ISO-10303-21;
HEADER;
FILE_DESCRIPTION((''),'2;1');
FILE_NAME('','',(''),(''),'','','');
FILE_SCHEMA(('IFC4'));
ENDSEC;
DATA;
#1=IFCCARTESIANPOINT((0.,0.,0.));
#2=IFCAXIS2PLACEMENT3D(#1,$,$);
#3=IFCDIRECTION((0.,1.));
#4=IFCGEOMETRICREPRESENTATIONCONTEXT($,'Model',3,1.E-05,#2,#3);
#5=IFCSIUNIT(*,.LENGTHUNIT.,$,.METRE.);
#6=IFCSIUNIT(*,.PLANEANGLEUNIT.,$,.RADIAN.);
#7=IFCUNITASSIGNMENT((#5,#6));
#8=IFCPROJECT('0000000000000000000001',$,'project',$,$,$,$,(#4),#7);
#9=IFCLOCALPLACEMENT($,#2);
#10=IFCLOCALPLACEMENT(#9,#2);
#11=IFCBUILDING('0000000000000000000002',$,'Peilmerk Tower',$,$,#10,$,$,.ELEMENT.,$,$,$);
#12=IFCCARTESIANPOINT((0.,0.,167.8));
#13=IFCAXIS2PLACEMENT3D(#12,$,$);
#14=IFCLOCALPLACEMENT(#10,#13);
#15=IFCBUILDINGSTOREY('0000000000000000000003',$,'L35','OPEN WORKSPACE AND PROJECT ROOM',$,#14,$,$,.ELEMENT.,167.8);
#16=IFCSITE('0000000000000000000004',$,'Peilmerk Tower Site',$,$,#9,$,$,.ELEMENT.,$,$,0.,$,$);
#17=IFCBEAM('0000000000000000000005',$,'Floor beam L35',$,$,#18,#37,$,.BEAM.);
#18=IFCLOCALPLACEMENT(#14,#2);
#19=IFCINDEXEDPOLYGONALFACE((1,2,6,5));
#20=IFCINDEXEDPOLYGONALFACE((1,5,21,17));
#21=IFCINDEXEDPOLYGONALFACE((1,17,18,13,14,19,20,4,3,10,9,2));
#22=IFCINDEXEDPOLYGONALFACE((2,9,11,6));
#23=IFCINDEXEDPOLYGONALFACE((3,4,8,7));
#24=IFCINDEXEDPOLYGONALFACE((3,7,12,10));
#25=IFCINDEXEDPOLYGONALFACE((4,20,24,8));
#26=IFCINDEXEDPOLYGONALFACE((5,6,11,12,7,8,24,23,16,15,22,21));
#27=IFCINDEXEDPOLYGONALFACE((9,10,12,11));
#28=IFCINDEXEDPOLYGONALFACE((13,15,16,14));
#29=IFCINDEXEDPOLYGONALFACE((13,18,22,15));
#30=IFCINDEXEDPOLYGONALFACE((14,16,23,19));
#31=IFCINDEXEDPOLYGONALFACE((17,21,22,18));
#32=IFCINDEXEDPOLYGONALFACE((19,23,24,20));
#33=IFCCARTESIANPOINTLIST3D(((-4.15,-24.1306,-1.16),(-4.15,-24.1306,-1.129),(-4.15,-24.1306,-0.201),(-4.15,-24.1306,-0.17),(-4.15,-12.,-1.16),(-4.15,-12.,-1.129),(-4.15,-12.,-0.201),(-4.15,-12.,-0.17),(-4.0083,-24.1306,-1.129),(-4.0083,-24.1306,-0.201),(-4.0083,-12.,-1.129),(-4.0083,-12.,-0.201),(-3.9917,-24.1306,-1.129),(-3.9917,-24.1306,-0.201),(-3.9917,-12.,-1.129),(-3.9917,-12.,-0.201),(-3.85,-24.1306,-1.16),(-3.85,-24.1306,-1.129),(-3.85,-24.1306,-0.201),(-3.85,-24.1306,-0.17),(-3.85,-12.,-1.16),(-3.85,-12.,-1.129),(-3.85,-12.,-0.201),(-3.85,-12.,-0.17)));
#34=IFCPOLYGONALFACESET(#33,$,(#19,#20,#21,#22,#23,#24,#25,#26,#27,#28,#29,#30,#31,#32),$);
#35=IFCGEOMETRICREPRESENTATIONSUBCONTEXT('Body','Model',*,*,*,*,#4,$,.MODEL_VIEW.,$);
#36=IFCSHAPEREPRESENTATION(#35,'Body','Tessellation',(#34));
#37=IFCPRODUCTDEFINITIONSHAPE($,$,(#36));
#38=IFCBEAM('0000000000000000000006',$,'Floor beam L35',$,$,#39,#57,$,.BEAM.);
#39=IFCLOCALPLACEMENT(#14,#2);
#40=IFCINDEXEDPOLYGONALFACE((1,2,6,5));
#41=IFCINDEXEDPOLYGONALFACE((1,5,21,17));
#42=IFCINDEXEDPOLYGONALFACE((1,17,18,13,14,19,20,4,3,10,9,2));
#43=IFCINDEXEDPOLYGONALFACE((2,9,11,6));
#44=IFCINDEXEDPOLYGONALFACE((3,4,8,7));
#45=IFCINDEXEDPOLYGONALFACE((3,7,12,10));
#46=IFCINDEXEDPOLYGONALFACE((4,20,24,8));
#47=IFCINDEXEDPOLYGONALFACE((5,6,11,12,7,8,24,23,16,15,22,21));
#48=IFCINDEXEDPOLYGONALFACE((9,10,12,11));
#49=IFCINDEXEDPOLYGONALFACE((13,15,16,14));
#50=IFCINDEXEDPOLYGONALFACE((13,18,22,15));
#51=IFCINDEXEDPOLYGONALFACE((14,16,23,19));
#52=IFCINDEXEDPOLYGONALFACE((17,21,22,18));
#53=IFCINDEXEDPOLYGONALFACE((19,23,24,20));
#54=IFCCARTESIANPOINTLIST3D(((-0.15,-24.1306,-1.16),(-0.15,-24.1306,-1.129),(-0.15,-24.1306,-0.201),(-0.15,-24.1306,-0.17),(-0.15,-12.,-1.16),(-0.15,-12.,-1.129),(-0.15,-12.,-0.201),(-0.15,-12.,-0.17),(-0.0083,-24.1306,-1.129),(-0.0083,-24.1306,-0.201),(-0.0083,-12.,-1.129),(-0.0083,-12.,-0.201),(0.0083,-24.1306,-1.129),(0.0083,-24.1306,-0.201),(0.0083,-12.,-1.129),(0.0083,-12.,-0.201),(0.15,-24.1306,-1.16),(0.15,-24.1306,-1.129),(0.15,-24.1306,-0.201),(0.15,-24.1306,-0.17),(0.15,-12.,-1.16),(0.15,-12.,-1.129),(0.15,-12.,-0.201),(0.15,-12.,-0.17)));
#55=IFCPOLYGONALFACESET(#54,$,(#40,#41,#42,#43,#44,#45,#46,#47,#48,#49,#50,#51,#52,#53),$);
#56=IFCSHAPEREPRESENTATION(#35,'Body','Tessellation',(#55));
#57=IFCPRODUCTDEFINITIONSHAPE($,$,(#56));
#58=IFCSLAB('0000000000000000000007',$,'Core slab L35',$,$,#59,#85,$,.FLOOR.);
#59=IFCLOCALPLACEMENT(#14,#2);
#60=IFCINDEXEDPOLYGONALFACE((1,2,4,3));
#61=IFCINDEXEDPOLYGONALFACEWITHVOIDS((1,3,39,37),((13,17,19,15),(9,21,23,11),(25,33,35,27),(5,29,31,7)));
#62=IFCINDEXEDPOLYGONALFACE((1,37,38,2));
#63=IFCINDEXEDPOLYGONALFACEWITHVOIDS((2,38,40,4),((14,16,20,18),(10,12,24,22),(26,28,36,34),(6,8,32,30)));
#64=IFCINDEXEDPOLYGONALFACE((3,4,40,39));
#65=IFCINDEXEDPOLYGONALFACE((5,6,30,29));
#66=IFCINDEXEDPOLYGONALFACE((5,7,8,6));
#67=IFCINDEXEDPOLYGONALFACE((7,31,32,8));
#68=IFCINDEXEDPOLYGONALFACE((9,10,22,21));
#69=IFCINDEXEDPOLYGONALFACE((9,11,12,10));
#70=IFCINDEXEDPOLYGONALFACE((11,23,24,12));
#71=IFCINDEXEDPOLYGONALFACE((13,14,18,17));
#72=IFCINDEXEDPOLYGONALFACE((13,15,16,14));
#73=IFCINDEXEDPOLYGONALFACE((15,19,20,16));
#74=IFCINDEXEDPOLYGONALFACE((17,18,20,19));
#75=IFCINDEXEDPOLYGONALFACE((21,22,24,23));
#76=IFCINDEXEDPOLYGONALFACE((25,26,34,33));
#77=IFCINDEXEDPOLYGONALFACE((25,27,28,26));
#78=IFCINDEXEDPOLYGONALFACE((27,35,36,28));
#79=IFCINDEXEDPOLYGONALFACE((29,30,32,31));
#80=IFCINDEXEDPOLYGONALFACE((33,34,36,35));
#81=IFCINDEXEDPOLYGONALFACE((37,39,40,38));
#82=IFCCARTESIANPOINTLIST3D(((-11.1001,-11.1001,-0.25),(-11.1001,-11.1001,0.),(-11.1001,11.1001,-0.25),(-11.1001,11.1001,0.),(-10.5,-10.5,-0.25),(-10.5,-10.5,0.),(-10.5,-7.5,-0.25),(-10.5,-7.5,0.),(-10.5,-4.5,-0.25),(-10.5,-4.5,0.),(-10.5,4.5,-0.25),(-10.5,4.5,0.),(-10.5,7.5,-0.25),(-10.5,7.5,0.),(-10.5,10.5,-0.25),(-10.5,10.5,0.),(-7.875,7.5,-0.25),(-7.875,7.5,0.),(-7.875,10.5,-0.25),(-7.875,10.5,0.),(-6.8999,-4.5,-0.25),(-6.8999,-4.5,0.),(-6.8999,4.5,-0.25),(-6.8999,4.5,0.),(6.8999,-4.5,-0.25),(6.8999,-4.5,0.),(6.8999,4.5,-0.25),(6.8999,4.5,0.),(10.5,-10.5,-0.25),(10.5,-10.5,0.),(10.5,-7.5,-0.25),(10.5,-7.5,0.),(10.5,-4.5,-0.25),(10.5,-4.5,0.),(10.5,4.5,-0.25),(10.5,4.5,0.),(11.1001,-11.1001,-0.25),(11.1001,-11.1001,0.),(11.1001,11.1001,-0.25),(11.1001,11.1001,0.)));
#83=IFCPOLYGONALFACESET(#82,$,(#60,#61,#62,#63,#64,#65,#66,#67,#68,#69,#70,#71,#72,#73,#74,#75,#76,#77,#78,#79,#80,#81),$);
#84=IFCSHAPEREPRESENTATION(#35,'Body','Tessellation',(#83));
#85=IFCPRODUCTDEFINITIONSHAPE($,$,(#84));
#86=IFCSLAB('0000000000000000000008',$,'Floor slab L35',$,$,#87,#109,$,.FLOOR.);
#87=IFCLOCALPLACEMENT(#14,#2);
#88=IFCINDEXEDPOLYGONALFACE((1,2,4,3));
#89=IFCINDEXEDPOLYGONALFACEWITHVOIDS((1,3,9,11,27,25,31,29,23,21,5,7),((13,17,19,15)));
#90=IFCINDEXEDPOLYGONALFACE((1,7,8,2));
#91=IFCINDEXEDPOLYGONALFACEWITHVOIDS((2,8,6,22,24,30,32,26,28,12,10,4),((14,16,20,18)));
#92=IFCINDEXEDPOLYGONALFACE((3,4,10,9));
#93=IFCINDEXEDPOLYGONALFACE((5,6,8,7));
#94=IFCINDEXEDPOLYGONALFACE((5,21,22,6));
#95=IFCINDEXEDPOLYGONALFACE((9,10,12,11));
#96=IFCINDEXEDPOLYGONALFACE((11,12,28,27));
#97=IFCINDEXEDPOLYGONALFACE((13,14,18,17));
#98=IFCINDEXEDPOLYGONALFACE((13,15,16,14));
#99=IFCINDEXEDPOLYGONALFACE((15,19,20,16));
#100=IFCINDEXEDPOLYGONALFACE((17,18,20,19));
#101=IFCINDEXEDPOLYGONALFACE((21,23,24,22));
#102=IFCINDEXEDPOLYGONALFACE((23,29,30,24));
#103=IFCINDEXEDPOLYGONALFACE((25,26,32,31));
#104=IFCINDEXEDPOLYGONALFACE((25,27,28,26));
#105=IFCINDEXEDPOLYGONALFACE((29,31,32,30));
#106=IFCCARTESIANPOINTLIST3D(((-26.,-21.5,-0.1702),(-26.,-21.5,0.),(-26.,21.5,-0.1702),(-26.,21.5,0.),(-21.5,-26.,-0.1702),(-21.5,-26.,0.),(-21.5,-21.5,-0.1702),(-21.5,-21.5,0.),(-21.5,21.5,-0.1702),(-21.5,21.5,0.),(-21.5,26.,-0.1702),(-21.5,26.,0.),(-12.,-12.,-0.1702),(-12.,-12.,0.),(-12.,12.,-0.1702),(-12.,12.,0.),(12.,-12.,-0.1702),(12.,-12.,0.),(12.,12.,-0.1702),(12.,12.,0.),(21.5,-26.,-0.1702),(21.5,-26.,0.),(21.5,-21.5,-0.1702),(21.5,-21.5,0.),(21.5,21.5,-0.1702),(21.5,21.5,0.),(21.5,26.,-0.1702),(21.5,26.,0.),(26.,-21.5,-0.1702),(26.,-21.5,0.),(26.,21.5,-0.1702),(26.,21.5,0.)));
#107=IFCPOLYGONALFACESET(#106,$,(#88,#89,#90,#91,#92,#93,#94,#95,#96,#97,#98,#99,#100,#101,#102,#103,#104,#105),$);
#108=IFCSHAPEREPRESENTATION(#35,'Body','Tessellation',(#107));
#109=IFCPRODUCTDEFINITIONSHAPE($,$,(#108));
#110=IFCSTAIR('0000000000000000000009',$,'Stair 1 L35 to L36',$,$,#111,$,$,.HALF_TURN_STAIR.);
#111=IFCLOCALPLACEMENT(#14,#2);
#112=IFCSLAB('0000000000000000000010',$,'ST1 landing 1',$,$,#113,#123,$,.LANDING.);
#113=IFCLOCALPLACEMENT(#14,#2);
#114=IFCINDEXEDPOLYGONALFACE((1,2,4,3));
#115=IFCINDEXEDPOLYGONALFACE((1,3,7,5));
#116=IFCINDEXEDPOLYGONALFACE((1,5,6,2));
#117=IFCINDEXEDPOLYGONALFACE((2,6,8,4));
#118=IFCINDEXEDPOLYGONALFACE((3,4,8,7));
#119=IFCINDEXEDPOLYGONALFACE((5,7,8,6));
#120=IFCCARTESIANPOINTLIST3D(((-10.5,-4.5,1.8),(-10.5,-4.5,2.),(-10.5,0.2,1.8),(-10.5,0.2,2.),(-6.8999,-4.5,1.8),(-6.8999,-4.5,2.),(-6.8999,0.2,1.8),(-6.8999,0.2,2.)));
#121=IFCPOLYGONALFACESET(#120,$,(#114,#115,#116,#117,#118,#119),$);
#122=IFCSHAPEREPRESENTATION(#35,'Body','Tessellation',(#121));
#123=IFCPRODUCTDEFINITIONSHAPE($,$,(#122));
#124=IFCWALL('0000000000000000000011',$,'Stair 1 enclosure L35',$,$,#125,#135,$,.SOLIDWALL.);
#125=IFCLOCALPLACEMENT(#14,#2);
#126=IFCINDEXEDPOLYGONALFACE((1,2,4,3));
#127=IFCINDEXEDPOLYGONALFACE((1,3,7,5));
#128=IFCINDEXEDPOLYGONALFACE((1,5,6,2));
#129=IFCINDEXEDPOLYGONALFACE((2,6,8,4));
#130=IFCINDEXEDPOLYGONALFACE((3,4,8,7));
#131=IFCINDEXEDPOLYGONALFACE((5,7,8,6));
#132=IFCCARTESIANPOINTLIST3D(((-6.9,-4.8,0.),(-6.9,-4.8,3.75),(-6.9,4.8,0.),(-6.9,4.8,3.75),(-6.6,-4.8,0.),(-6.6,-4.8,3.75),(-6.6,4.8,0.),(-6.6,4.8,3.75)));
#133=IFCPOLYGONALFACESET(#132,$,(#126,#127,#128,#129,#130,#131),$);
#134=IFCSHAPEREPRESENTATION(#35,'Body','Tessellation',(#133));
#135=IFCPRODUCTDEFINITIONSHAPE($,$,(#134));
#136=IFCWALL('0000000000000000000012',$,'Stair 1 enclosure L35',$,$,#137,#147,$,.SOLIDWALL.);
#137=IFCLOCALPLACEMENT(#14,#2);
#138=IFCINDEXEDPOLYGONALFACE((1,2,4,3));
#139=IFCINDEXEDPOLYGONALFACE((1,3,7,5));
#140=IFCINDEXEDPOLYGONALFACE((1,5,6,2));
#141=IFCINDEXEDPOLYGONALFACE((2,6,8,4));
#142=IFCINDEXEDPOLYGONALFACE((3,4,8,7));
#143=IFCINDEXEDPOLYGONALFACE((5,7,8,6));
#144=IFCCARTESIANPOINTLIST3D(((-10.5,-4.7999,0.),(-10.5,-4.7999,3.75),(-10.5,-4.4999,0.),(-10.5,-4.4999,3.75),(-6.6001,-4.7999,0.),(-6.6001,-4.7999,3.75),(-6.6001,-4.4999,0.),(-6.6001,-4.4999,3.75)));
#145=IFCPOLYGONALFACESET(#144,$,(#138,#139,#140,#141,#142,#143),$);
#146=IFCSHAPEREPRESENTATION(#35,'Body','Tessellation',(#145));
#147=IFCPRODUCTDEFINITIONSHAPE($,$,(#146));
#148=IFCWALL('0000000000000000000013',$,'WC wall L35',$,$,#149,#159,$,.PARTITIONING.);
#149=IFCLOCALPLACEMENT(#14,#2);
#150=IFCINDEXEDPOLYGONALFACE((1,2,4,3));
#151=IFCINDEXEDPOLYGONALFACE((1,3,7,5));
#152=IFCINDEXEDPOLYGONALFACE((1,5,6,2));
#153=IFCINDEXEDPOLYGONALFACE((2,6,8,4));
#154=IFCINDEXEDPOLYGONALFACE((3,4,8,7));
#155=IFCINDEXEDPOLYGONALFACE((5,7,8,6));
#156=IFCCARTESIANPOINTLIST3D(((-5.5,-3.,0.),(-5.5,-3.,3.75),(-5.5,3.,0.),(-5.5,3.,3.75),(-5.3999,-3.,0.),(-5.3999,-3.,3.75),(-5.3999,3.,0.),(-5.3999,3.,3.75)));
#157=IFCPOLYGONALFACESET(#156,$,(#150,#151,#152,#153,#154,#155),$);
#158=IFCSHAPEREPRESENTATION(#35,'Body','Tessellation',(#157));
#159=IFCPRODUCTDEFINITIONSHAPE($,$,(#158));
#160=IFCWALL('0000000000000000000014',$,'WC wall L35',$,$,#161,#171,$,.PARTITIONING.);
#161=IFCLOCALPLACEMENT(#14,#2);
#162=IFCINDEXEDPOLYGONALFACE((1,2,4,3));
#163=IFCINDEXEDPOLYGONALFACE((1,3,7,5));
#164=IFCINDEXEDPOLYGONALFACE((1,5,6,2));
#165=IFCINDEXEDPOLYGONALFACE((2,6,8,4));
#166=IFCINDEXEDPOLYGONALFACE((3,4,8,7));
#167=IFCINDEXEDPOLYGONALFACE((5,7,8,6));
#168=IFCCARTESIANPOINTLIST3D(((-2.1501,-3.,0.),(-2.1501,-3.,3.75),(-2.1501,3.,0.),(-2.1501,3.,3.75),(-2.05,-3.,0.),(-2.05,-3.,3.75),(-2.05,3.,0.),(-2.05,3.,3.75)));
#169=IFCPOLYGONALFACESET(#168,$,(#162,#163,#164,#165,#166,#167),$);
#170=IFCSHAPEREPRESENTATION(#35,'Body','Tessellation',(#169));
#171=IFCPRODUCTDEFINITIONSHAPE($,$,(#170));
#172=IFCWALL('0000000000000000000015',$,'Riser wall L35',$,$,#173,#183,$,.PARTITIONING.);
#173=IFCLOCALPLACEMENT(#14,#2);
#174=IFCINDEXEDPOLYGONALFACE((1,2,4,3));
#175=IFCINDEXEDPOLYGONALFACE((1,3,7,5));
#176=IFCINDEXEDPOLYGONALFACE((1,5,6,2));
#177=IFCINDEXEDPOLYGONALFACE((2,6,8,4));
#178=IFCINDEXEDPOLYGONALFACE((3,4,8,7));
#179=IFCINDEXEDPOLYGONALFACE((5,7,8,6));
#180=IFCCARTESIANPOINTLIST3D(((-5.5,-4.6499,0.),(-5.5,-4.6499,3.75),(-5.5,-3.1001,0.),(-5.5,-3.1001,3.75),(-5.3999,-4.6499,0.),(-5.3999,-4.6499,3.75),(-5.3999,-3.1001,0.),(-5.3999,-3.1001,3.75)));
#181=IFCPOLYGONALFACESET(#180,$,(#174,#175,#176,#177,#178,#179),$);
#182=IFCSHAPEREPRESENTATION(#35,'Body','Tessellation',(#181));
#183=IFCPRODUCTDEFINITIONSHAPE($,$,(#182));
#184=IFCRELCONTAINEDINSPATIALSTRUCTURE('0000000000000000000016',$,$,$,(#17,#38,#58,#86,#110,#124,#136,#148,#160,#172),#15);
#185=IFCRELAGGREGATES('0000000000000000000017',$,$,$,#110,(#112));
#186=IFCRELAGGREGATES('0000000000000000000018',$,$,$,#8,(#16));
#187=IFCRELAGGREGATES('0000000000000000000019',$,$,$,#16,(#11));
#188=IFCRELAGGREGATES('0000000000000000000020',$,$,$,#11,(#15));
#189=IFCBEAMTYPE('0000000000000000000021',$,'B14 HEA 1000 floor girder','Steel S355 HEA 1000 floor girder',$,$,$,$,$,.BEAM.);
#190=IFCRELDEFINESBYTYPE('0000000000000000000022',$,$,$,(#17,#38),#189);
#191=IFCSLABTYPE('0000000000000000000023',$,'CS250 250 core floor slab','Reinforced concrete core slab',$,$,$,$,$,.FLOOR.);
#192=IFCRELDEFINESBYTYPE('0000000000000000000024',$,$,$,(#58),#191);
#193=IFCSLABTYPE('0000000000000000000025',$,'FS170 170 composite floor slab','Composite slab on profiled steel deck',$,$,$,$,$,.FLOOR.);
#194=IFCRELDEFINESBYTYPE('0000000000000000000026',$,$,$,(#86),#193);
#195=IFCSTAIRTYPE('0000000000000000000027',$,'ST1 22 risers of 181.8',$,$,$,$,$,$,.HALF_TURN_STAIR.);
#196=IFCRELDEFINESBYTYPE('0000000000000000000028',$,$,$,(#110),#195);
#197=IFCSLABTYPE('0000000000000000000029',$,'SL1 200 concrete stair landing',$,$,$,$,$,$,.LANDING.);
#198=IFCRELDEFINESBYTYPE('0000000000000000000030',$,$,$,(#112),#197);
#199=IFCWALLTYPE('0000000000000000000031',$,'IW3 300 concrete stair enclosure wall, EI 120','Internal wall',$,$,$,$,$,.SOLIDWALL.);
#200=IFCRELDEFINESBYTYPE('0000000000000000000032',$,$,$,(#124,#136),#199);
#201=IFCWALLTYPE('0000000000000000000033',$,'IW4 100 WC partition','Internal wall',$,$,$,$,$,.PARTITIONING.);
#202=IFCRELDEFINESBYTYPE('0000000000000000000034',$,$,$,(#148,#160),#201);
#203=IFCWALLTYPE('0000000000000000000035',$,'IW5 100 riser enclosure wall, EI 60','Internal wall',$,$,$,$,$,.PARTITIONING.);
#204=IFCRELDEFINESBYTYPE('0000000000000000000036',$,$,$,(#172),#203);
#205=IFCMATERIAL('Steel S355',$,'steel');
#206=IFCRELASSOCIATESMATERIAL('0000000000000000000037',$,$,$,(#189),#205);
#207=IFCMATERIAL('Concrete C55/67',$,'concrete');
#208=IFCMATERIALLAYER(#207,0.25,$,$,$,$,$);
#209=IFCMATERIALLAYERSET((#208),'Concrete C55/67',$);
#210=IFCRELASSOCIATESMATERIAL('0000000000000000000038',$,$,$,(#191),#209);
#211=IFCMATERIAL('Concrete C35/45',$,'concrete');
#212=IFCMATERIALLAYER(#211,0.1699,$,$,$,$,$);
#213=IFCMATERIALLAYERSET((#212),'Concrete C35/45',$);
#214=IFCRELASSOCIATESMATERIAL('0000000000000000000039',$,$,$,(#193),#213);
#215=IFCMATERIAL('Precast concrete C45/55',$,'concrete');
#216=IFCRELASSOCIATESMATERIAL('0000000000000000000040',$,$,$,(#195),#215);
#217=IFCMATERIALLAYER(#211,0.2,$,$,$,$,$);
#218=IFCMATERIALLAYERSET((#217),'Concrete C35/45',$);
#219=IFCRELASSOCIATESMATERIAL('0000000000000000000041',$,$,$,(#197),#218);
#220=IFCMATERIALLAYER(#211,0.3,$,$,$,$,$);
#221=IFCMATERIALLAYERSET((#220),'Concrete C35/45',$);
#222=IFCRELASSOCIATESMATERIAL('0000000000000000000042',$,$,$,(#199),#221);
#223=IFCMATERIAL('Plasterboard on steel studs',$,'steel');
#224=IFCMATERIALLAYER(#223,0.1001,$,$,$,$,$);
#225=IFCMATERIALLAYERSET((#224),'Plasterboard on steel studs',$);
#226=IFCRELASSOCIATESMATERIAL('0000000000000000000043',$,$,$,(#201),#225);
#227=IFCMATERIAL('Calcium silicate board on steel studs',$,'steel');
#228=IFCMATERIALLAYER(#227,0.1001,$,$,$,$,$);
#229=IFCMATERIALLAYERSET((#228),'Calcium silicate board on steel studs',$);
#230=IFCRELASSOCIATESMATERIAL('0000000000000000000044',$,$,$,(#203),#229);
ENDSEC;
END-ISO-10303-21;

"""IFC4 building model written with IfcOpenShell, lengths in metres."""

from ifc_helpers import new_model, si_unit, direction, frame, frame_2d, origin, origin_2d, place, context, subcontext, project, spatial, polyline, rectangle, i_section, outline, extrude, material, layer, layer_set, material_profile, profile_set, type_object, element, aggregate, save


model = new_model("IFC4")

# Units and contexts
model_context = context("Model", 3, precision=1e-05, world=origin(), true_north=direction((0.0, 1.0)))
body_context = subcontext(model_context, "Body", "Model", "MODEL_VIEW")
ifc_project = project(units=[si_unit("LENGTHUNIT", "METRE"), si_unit("PLANEANGLEUNIT", "RADIAN")], contexts=[model_context])

# Site, building, storey
site_placement = place(None, origin())
site = spatial("IfcSite", under=ifc_project, at=site_placement, Name="Peilmerk Tower Site", CompositionType="ELEMENT", RefElevation=0.0)
building_placement = place(site_placement, origin())
building = spatial("IfcBuilding", under=site, at=building_placement, Name="Peilmerk Tower", CompositionType="ELEMENT")
storey_placement = place(building_placement, frame((0.0, 0.0, 167.8)))
storey = spatial("IfcBuildingStorey", under=building, at=storey_placement, Name="L35", Description="OPEN WORKSPACE AND PROJECT ROOM", CompositionType="ELEMENT", Elevation=167.8)

# Beams
ifc_material_1 = material(Name="Steel S355", Category="steel")
ifc_material_profile = material_profile(ifc_material_1, i_section(OverallWidth=0.3, OverallDepth=0.99, WebThickness=0.0166, FlangeThickness=0.031, at=origin_2d()), Name="HEA 1000")
ifc_profile_set = profile_set([ifc_material_profile], Name="Steel S355")
beam_type = type_object("IfcBeamType", Name="B14 HEA 1000 floor girder", Description="Steel S355 HEA 1000 floor girder", PredefinedType="BEAM", material=ifc_profile_set)
for number, where, z_axis, x_axis, name in (
    (1, (-4.0, -12.0, -0.665), (0.0, -1.0, 0.0), (1.0, 0.0, 0.0), "Floor beam L35"),
    (2, (0.0, -12.0, -0.665), (0.0, -1.0, 0.0), (1.0, 0.0, 0.0), "Floor beam L35"),
):
    element("IfcBeam", number, at=place(storey_placement, frame(where, z_axis=z_axis, x_axis=x_axis)), inside=storey, type_object=beam_type, Name=name, PredefinedType="BEAM", context=body_context, shape_type="SweptSolid", body=[
        extrude(i_section(OverallWidth=0.3, OverallDepth=0.99, WebThickness=0.0166, FlangeThickness=0.031, at=origin_2d()), origin(), (0.0, 0.0, 1.0), 12.1306),
    ])

# Slabs
ifc_material_2 = material(Name="Concrete C55/67", Category="concrete")
ifc_layer_1 = layer(ifc_material_2, 0.25)
ifc_layer_set_1 = layer_set([ifc_layer_1], Name="Concrete C55/67")
slab_type_1 = type_object("IfcSlabType", Name="CS250 250 core floor slab", Description="Reinforced concrete core slab", PredefinedType="FLOOR", material=ifc_layer_set_1)
slab_1_placement = place(storey_placement, frame((0.0, 0.0, -0.25)))
element("IfcSlab", 3, at=slab_1_placement, inside=storey, type_object=slab_type_1, Name="Core slab L35", PredefinedType="FLOOR", context=body_context, shape_type="SweptSolid", body=[
    extrude(outline(polyline([(11.1001, 11.1001), (-11.1001, 11.1001), (-11.1001, -11.1001), (11.1001, -11.1001), (11.1001, 11.1001)]), holes=[polyline([(-10.5, 7.5), (-10.5, 10.5), (-7.875, 10.5), (-7.875, 7.5), (-10.5, 7.5)]), polyline([(-10.5, -10.5), (-10.5, -7.5), (10.5, -7.5), (10.5, -10.5), (-10.5, -10.5)]), polyline([(-10.5, 4.5), (-6.8999, 4.5), (-6.8999, -4.5), (-10.5, -4.5), (-10.5, 4.5)]), polyline([(10.5, 4.5), (10.5, -4.5), (6.8999, -4.5), (6.8999, 4.5), (10.5, 4.5)])]), origin(), (0.0, 0.0, 1.0), 0.25),
])
ifc_material_3 = material(Name="Concrete C35/45", Category="concrete")
ifc_layer_2 = layer(ifc_material_3, 0.1699)
ifc_layer_set_2 = layer_set([ifc_layer_2], Name="Concrete C35/45")
slab_type_2 = type_object("IfcSlabType", Name="FS170 170 composite floor slab", Description="Composite slab on profiled steel deck", PredefinedType="FLOOR", material=ifc_layer_set_2)
slab_2_placement = place(storey_placement, frame((0.0, 0.0, -0.1702)))
element("IfcSlab", 4, at=slab_2_placement, inside=storey, type_object=slab_type_2, Name="Floor slab L35", PredefinedType="FLOOR", context=body_context, shape_type="SweptSolid", body=[
    extrude(outline(polyline([(-21.5, -26.0), (21.5, -26.0), (21.5, -21.5), (26.0, -21.5), (26.0, 21.5), (21.5, 21.5), (21.5, 26.0), (-21.5, 26.0), (-21.5, 21.5), (-26.0, 21.5), (-26.0, -21.5), (-21.5, -21.5), (-21.5, -26.0)]), holes=[polyline([(12.0, 12.0), (12.0, -12.0), (-12.0, -12.0), (-12.0, 12.0), (12.0, 12.0)])]), origin(), (0.0, 0.0, 1.0), 0.1702),
])

# Stair, slab
ifc_material_4 = material(Name="Precast concrete C45/55", Category="concrete")
stair_type = type_object("IfcStairType", Name="ST1 22 risers of 181.8", PredefinedType="HALF_TURN_STAIR", material=ifc_material_4)
stair_placement = place(storey_placement, origin())
stair = element("IfcStair", 5, at=stair_placement, inside=storey, type_object=stair_type, Name="Stair 1 L35 to L36", PredefinedType="HALF_TURN_STAIR")
ifc_layer_3 = layer(ifc_material_3, 0.2)
ifc_layer_set_3 = layer_set([ifc_layer_3], Name="Concrete C35/45")
slab_type_3 = type_object("IfcSlabType", Name="SL1 200 concrete stair landing", PredefinedType="LANDING", material=ifc_layer_set_3)
slab_3_placement = place(storey_placement, frame((0.0, 0.0, 1.8)))
slab_3 = element("IfcSlab", 6, at=slab_3_placement, type_object=slab_type_3, Name="ST1 landing 1", PredefinedType="LANDING", context=body_context, shape_type="SweptSolid", body=[
    extrude(outline(polyline([(-10.5, -4.5), (-6.8999, -4.5), (-6.8999, 0.2), (-10.5, 0.2), (-10.5, -4.5)])), origin(), (0.0, 0.0, 1.0), 0.2),
])
aggregate(stair, [slab_3])

# Walls
ifc_layer_4 = layer(ifc_material_3, 0.3)
ifc_layer_set_4 = layer_set([ifc_layer_4], Name="Concrete C35/45")
wall_type_1 = type_object("IfcWallType", Name="IW3 300 concrete stair enclosure wall, EI 120", Description="Internal wall", PredefinedType="SOLIDWALL", material=ifc_layer_set_4)
wall_1_placement = place(storey_placement, frame((-6.75, -4.8, 0.0), z_axis=(0.0, 0.0, 1.0), x_axis=(0.0, 1.0, 0.0)))
element("IfcWall", 7, at=wall_1_placement, inside=storey, type_object=wall_type_1, Name="Stair 1 enclosure L35", PredefinedType="SOLIDWALL", context=body_context, shape_type="SweptSolid", body=[
    extrude(rectangle(XDim=9.6001, YDim=0.3, at=frame_2d((4.8, 0.0))), origin(), (0.0, 0.0, 1.0), 3.75),
])
wall_2_placement = place(storey_placement, frame((-6.6001, -4.6499, 0.0), z_axis=(0.0, 0.0, 1.0), x_axis=(-1.0, 0.0, 0.0)))
element("IfcWall", 8, at=wall_2_placement, inside=storey, type_object=wall_type_1, Name="Stair 1 enclosure L35", PredefinedType="SOLIDWALL", context=body_context, shape_type="SweptSolid", body=[
    extrude(rectangle(XDim=3.8999, YDim=0.3, at=frame_2d((1.95, 0.0))), origin(), (0.0, 0.0, 1.0), 3.75),
])
ifc_material_5 = material(Name="Plasterboard on steel studs", Category="steel")
ifc_layer_5 = layer(ifc_material_5, 0.1001)
ifc_layer_set_5 = layer_set([ifc_layer_5], Name="Plasterboard on steel studs")
wall_type_2 = type_object("IfcWallType", Name="IW4 100 WC partition", Description="Internal wall", PredefinedType="PARTITIONING", material=ifc_layer_set_5)
for number, where, z_axis, x_axis, name in (
    (9, (-5.45, -3.0, 0.0), (0.0, 0.0, 1.0), (0.0, 1.0, 0.0), "WC wall L35"),
    (10, (-2.1001, -3.0, 0.0), (0.0, 0.0, 1.0), (0.0, 1.0, 0.0), "WC wall L35"),
):
    element("IfcWall", number, at=place(storey_placement, frame(where, z_axis=z_axis, x_axis=x_axis)), inside=storey, type_object=wall_type_2, Name=name, PredefinedType="PARTITIONING", context=body_context, shape_type="SweptSolid", body=[
        extrude(rectangle(XDim=6.0, YDim=0.1001, at=frame_2d((3.0, 0.0))), origin(), (0.0, 0.0, 1.0), 3.75),
    ])
ifc_material_6 = material(Name="Calcium silicate board on steel studs", Category="steel")
ifc_layer_6 = layer(ifc_material_6, 0.1001)
ifc_layer_set_6 = layer_set([ifc_layer_6], Name="Calcium silicate board on steel studs")
wall_type_3 = type_object("IfcWallType", Name="IW5 100 riser enclosure wall, EI 60", Description="Internal wall", PredefinedType="PARTITIONING", material=ifc_layer_set_6)
for number, where, z_axis, x_axis, name in (
    (11, (-5.45, -3.1001, 0.0), (0.0, 0.0, 1.0), (0.0, -1.0, 0.0), "Riser wall L35"),
):
    element("IfcWall", number, at=place(storey_placement, frame(where, z_axis=z_axis, x_axis=x_axis)), inside=storey, type_object=wall_type_3, Name=name, PredefinedType="PARTITIONING", context=body_context, shape_type="SweptSolid", body=[
        extrude(rectangle(XDim=1.5498, YDim=0.1001, at=frame_2d((0.7749, 0.0))), origin(), (0.0, 0.0, 1.0), 3.75),
    ])

save(model, "model.ifc")
